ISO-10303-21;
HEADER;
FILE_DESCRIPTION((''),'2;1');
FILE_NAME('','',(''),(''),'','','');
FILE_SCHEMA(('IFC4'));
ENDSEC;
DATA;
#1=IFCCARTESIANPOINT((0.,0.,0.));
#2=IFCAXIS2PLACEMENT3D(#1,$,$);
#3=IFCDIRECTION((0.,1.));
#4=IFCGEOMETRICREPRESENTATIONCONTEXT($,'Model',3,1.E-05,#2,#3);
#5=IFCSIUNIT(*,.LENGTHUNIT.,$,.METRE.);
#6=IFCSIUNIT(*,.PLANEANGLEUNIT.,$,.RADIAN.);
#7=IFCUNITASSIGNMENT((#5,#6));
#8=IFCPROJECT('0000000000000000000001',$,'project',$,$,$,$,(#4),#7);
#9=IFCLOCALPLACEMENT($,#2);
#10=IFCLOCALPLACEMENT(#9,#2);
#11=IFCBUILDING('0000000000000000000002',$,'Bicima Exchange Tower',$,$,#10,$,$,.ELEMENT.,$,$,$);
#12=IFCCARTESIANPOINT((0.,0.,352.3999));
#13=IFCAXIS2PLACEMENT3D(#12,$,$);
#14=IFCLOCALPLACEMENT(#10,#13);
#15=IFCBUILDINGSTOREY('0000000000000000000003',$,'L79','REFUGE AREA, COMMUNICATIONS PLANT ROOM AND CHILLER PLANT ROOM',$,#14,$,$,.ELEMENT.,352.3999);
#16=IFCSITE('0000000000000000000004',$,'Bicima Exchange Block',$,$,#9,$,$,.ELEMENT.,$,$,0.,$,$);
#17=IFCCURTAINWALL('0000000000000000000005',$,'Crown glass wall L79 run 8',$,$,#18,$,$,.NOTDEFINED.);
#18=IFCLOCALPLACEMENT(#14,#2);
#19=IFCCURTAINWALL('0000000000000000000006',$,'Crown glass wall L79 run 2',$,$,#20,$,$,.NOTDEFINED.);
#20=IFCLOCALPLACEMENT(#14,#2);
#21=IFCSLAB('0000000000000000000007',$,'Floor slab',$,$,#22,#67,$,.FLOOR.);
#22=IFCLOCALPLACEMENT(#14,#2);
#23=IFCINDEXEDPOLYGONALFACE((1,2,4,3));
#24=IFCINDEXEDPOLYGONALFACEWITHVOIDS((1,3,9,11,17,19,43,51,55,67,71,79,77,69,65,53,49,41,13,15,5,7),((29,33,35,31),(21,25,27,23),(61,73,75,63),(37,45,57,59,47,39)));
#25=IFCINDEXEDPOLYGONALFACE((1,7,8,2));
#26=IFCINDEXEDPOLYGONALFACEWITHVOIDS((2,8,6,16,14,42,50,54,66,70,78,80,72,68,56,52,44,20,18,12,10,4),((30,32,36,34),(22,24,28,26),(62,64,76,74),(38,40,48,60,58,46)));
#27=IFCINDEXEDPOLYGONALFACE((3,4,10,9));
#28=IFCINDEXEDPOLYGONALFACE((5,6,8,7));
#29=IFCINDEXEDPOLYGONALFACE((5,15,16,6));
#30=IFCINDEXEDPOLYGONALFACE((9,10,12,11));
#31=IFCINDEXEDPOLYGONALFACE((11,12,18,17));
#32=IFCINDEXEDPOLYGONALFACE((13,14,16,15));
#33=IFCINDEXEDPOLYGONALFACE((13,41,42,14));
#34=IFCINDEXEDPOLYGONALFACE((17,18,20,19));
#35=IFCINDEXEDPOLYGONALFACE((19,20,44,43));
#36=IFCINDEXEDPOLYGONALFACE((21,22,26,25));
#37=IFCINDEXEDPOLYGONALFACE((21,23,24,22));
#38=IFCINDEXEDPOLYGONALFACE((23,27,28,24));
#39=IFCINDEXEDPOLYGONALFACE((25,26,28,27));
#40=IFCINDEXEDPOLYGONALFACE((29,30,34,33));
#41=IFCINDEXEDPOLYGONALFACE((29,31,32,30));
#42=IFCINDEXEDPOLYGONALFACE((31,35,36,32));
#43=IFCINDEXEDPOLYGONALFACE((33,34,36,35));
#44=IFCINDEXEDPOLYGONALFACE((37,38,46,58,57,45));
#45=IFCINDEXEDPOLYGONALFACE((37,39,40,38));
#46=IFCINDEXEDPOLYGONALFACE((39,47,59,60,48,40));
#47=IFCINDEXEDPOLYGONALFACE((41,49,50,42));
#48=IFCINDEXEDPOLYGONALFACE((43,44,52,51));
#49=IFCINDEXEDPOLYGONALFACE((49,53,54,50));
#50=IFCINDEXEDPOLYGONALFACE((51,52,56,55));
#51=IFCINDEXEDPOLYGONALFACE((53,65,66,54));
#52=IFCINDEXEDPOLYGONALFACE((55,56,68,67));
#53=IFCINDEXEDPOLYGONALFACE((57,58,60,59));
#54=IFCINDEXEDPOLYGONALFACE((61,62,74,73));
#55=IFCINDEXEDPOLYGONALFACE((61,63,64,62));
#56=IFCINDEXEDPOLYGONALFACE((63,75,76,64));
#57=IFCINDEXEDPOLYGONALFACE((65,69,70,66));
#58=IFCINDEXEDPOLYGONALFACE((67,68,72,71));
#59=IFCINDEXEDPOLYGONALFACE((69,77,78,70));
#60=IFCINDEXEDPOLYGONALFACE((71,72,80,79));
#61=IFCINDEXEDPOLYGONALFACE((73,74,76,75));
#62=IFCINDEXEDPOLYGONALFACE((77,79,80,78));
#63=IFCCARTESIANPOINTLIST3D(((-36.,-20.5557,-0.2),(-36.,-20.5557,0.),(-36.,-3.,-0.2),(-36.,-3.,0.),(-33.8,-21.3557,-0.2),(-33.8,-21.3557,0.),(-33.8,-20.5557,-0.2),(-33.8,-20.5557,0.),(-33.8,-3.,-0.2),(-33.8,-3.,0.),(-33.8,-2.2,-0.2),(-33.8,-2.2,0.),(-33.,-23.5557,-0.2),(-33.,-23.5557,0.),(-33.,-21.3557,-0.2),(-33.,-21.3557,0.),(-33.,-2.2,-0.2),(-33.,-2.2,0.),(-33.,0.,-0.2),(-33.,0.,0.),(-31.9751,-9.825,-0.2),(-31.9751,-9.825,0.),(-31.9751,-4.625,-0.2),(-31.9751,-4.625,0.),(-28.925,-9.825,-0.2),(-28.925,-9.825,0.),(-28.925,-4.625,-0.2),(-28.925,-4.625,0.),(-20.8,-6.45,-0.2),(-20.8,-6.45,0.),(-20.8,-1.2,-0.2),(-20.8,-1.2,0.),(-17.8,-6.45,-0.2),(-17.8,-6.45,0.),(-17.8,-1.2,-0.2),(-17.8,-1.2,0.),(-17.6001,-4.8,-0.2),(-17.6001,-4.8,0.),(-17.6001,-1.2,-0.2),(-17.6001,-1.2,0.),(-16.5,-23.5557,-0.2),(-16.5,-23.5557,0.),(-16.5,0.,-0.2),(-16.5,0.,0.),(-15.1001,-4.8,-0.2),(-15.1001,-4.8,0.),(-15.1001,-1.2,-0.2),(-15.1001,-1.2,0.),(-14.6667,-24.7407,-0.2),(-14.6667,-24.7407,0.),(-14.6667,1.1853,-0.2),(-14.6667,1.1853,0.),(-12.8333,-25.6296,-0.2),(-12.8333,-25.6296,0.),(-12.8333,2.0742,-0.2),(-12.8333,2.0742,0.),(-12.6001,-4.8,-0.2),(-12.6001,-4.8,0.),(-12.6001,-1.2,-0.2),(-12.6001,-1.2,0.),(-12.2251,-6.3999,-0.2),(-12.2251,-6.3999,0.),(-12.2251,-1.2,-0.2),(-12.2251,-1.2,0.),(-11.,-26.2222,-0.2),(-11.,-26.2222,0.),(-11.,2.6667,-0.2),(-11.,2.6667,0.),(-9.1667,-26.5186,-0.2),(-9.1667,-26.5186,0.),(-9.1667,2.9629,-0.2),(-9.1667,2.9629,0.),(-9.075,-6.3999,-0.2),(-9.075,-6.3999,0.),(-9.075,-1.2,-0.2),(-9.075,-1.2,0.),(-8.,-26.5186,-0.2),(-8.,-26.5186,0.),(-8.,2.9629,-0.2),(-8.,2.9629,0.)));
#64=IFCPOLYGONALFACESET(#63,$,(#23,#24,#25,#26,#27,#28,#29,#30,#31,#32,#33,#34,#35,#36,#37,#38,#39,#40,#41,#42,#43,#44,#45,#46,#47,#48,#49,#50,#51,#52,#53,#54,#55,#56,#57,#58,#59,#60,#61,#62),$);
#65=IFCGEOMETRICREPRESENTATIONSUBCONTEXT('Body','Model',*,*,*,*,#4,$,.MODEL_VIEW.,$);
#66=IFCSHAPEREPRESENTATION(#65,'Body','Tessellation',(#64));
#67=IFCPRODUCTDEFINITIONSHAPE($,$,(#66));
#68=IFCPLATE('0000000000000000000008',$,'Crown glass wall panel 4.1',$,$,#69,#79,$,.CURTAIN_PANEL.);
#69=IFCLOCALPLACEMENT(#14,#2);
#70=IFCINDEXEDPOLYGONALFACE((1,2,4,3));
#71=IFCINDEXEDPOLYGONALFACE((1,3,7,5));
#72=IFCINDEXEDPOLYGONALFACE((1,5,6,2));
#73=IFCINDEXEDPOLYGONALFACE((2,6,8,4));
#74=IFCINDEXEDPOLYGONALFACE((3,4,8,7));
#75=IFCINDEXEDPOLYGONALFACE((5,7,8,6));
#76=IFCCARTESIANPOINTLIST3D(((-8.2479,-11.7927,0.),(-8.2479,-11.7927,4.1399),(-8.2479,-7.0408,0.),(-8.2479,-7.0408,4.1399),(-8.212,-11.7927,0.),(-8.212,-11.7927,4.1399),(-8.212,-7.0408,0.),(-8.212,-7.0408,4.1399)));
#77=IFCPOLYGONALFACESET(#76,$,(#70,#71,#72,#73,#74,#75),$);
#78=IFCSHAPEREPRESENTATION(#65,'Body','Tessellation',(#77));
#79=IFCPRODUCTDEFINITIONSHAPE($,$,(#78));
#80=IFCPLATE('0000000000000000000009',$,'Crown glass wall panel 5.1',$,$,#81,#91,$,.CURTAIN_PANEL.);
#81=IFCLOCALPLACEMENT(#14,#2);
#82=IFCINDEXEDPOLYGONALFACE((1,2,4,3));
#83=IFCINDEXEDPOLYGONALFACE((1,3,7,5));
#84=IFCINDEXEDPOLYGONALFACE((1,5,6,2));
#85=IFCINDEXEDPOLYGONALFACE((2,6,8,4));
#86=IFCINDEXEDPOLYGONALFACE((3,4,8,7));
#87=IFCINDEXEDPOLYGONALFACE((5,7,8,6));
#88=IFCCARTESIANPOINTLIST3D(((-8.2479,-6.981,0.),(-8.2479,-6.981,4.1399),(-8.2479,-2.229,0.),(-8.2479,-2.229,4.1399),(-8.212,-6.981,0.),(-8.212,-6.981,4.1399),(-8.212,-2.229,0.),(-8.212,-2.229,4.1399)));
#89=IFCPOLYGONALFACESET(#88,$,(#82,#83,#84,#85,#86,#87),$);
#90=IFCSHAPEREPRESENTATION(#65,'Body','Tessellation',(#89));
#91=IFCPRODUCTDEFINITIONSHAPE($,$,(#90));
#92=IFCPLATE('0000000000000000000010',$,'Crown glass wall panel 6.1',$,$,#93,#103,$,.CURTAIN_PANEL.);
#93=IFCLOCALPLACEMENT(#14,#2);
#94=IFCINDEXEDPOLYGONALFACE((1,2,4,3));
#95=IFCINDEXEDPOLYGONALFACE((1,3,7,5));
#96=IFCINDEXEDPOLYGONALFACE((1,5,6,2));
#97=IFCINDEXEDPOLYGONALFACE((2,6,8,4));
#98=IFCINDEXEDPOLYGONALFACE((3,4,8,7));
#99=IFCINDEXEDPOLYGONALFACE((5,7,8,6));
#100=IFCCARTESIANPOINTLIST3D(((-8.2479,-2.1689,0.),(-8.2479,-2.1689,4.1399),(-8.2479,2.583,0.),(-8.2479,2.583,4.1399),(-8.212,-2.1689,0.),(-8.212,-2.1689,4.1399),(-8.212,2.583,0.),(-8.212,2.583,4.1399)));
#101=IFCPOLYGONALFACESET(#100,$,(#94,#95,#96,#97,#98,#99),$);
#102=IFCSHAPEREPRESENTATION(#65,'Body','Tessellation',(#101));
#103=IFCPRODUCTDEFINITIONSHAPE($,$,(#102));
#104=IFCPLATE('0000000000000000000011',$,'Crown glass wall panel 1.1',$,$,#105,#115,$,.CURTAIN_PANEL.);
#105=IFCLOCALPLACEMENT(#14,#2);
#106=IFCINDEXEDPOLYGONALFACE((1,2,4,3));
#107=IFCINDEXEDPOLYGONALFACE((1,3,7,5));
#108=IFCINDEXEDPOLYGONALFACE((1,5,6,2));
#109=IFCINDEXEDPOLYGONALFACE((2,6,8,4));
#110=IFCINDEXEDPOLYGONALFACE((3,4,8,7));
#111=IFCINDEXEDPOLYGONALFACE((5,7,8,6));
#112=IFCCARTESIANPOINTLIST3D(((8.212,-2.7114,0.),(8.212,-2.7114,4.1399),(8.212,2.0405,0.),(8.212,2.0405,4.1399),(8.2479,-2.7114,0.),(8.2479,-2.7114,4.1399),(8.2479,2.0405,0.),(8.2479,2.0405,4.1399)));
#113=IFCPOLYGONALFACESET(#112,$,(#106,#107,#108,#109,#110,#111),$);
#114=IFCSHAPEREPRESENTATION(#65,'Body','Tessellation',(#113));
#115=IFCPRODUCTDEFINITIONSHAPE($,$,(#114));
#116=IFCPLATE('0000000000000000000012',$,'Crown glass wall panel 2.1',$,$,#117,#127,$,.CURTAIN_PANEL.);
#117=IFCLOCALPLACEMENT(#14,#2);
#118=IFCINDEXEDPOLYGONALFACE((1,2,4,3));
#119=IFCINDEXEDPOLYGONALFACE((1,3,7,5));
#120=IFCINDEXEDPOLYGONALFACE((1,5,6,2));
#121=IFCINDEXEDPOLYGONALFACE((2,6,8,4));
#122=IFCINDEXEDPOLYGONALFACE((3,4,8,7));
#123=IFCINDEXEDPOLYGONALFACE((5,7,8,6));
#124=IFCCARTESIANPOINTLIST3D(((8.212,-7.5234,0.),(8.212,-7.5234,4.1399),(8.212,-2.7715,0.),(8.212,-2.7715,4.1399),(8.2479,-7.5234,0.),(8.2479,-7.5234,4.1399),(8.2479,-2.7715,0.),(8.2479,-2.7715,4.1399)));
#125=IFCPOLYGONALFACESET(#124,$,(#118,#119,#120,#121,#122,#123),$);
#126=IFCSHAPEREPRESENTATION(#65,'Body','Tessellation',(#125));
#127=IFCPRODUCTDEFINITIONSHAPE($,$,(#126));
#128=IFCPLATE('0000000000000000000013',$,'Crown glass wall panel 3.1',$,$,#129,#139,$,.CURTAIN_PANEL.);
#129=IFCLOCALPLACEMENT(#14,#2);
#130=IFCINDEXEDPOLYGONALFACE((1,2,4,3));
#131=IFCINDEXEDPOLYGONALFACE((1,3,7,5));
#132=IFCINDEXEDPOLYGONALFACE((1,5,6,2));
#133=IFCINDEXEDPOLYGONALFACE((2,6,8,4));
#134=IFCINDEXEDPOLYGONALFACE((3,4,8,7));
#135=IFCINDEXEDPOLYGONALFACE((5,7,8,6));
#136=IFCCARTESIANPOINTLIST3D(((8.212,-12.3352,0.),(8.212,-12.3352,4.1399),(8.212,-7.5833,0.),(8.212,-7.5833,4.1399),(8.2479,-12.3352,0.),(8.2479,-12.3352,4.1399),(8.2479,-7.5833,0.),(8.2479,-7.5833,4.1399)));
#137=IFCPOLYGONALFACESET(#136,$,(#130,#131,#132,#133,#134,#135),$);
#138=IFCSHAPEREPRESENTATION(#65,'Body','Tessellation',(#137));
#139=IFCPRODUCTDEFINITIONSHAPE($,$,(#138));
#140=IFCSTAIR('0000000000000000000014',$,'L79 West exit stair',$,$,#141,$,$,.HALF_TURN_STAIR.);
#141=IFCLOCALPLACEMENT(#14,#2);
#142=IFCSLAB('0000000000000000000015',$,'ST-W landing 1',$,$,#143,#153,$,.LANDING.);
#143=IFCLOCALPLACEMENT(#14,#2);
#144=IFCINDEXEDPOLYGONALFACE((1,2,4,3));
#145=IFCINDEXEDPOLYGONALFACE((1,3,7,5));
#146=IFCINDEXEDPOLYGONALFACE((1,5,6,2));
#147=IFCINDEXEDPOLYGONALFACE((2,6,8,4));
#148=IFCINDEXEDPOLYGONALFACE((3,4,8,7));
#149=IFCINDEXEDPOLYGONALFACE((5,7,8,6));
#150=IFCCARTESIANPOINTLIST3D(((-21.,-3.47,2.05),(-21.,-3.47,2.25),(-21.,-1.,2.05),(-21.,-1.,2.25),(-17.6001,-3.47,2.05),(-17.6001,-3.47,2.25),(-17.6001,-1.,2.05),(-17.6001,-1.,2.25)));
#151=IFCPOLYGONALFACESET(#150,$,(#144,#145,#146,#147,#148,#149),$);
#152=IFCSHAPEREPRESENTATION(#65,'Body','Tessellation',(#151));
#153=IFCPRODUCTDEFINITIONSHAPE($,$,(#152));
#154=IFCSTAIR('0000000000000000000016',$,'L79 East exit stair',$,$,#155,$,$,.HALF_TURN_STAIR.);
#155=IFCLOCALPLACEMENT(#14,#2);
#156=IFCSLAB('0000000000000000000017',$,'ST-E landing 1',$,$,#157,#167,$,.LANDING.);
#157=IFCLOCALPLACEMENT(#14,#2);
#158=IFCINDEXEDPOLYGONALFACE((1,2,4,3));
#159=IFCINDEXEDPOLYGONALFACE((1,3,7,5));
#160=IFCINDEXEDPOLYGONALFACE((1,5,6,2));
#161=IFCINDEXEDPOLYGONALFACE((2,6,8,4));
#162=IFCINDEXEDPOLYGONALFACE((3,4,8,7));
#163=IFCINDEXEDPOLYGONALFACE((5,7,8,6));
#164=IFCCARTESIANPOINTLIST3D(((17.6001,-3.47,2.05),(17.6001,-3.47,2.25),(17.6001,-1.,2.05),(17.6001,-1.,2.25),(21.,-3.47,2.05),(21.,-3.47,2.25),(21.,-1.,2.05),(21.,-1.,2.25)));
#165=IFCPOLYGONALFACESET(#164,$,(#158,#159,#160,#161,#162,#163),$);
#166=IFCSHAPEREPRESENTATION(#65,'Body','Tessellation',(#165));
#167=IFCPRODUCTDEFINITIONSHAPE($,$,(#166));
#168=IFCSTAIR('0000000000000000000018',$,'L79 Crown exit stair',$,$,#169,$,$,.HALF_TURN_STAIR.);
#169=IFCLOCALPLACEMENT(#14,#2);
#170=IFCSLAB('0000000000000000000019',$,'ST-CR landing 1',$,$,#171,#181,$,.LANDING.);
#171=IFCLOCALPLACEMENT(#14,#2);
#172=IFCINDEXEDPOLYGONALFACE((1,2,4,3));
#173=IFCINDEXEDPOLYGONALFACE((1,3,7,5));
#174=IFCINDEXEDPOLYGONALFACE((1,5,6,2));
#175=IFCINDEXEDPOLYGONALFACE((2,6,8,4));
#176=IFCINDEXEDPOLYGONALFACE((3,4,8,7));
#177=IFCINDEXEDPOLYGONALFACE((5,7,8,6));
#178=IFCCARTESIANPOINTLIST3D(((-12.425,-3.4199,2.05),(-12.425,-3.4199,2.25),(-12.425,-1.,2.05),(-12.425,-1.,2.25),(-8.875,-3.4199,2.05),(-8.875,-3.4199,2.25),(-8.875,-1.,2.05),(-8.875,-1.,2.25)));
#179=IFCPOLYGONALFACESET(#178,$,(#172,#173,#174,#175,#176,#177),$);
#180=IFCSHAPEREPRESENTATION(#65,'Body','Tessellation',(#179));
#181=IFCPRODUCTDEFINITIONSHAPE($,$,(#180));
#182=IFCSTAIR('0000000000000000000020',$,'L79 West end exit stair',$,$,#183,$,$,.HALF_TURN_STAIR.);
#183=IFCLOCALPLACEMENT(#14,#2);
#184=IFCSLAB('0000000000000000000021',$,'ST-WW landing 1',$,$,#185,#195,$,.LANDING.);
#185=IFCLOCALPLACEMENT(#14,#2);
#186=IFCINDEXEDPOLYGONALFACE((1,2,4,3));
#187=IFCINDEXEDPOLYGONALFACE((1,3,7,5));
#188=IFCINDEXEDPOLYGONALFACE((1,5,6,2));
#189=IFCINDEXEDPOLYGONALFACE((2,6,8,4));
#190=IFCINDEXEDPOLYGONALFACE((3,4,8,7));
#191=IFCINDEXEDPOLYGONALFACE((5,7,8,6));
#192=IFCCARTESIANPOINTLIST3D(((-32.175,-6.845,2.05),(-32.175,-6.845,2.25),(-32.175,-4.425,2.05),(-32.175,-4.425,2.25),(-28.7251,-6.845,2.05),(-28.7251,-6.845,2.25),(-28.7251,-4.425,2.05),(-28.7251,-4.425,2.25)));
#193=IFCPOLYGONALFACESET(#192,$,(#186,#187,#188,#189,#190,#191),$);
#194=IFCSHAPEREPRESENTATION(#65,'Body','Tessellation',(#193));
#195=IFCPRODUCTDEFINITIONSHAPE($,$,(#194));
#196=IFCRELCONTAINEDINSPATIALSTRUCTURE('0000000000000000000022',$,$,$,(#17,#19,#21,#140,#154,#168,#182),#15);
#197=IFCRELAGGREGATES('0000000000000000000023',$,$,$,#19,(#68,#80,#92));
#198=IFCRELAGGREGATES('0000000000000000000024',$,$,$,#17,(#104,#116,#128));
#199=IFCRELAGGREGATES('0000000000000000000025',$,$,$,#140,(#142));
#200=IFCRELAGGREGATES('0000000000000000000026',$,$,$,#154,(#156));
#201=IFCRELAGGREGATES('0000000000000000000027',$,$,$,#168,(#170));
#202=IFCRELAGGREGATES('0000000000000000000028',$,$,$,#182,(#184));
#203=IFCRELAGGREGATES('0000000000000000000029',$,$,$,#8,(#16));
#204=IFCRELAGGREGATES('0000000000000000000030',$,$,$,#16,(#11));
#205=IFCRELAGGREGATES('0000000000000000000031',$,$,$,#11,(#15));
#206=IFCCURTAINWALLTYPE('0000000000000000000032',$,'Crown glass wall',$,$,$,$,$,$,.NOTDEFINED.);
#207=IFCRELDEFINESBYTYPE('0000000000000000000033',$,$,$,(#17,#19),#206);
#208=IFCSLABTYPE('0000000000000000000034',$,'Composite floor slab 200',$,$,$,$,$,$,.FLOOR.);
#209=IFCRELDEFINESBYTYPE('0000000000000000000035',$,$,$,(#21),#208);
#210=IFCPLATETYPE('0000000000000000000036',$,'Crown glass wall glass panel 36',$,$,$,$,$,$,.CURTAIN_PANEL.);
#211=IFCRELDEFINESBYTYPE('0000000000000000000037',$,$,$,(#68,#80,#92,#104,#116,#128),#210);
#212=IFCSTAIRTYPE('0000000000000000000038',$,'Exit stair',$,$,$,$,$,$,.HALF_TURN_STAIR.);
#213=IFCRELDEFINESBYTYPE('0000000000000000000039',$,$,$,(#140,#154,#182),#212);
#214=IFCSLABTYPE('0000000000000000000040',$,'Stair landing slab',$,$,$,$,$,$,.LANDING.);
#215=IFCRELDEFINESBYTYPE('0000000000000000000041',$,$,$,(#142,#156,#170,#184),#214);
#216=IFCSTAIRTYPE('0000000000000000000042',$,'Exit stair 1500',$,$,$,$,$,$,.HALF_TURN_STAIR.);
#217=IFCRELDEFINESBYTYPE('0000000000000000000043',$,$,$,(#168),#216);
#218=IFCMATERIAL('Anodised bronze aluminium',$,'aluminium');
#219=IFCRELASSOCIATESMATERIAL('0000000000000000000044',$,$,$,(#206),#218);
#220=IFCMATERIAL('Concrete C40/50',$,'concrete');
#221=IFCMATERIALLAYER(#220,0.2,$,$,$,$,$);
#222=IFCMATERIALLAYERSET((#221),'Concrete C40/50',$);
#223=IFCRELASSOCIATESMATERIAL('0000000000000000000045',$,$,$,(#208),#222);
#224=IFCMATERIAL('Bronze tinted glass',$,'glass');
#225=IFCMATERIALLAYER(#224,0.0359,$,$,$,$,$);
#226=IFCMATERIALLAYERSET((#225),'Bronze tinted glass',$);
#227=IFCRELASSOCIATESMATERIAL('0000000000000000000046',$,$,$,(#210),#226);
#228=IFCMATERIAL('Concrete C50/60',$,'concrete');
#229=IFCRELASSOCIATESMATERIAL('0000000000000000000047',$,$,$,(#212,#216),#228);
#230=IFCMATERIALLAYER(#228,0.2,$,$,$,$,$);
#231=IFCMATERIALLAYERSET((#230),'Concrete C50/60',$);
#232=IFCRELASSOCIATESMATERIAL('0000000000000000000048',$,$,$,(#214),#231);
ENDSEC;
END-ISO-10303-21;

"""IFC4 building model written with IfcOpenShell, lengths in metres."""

from ifc_helpers import new_model, si_unit, direction, frame, origin, origin_2d, place, context, subcontext, project, spatial, polyline, rectangle, outline, extrude, material, layer, layer_set, type_object, element, aggregate, save


model = new_model("IFC4")

# Units and contexts
model_context = context("Model", 3, precision=1e-05, world=origin(), true_north=direction((0.0, 1.0)))
body_context = subcontext(model_context, "Body", "Model", "MODEL_VIEW")
ifc_project = project(units=[si_unit("LENGTHUNIT", "METRE"), si_unit("PLANEANGLEUNIT", "RADIAN")], contexts=[model_context])

# Site, building, storey
site_placement = place(None, origin())
site = spatial("IfcSite", under=ifc_project, at=site_placement, Name="Bicima Exchange Block", CompositionType="ELEMENT", RefElevation=0.0)
building_placement = place(site_placement, origin())
building = spatial("IfcBuilding", under=site, at=building_placement, Name="Bicima Exchange Tower", CompositionType="ELEMENT")
storey_placement = place(building_placement, frame((0.0, 0.0, 352.3999)))
storey = spatial("IfcBuildingStorey", under=building, at=storey_placement, Name="L79", Description="REFUGE AREA, COMMUNICATIONS PLANT ROOM AND CHILLER PLANT ROOM", CompositionType="ELEMENT", Elevation=352.3999)

# Curtain walls
ifc_material_1 = material(Name="Anodised bronze aluminium", Category="aluminium")
curtain_wall_type = type_object("IfcCurtainWallType", Name="Crown glass wall", PredefinedType="NOTDEFINED", material=ifc_material_1)
curtain_wall_1_placement = place(storey_placement, origin())
curtain_wall_1 = element("IfcCurtainWall", 1, at=curtain_wall_1_placement, inside=storey, type_object=curtain_wall_type, Name="Crown glass wall L79 run 8", PredefinedType="NOTDEFINED")
curtain_wall_2_placement = place(storey_placement, origin())
curtain_wall_2 = element("IfcCurtainWall", 2, at=curtain_wall_2_placement, inside=storey, type_object=curtain_wall_type, Name="Crown glass wall L79 run 2", PredefinedType="NOTDEFINED")

# Slab
ifc_material_2 = material(Name="Concrete C40/50", Category="concrete")
ifc_layer_1 = layer(ifc_material_2, 0.2)
ifc_layer_set_1 = layer_set([ifc_layer_1], Name="Concrete C40/50")
slab_type_1 = type_object("IfcSlabType", Name="Composite floor slab 200", PredefinedType="FLOOR", material=ifc_layer_set_1)
slab_1_placement = place(storey_placement, frame((0.0, 0.0, -0.2)))
element("IfcSlab", 3, at=slab_1_placement, inside=storey, type_object=slab_type_1, Name="Floor slab", PredefinedType="FLOOR", context=body_context, shape_type="SweptSolid", body=[
    extrude(outline(polyline([(-33.8, -20.5557), (-36.0, -20.5557), (-36.0, -3.0), (-33.8, -3.0), (-33.8, -2.2), (-33.0, -2.2), (-33.0, 0.0), (-16.5, 0.0), (-14.6667, 1.1853), (-12.8333, 2.0742), (-11.0, 2.6667), (-9.1667, 2.9629), (-8.0, 2.9629), (-8.0, -26.5186), (-9.1667, -26.5186), (-11.0, -26.2222), (-12.8333, -25.6296), (-14.6667, -24.7407), (-16.5, -23.5557), (-33.0, -23.5557), (-33.0, -21.3557), (-33.8, -21.3557), (-33.8, -20.5557)]), holes=[polyline([(-28.925, -4.625), (-31.9751, -4.625), (-31.9751, -9.825), (-28.925, -9.825), (-28.925, -4.625)]), polyline([(-17.8, -1.2), (-20.8, -1.2), (-20.8, -6.45), (-17.8, -6.45), (-17.8, -1.2)]), polyline([(-9.075, -1.2), (-12.2251, -1.2), (-12.2251, -6.3999), (-9.075, -6.3999), (-9.075, -1.2)]), polyline([(-12.6001, -1.2), (-15.1001, -1.2), (-17.6001, -1.2), (-17.6001, -4.8), (-15.1001, -4.8), (-12.6001, -4.8), (-12.6001, -1.2)])]), origin(), (0.0, 0.0, 1.0), 0.2),
])

# Plates
ifc_material_3 = material(Name="Bronze tinted glass", Category="glass")
ifc_layer_2 = layer(ifc_material_3, 0.0359)
ifc_layer_set_2 = layer_set([ifc_layer_2], Name="Bronze tinted glass")
plate_type = type_object("IfcPlateType", Name="Crown glass wall glass panel 36", PredefinedType="CURTAIN_PANEL", material=ifc_layer_set_2)
plate_1_placement = place(storey_placement, frame((-8.23, -9.4167, 0.0), z_axis=(0.0, 0.0, 1.0), x_axis=(0.0, 1.0, 0.0)))
plate_1 = element("IfcPlate", 4, at=plate_1_placement, type_object=plate_type, Name="Crown glass wall panel 4.1", PredefinedType="CURTAIN_PANEL", context=body_context, shape_type="SweptSolid", body=[
    extrude(rectangle(XDim=4.752, YDim=0.0359, at=origin_2d()), origin(), (0.0, 0.0, 1.0), 4.1399),
])
plate_2_placement = place(storey_placement, frame((-8.23, -4.605, 0.0), z_axis=(0.0, 0.0, 1.0), x_axis=(0.0, 1.0, 0.0)))
plate_2 = element("IfcPlate", 5, at=plate_2_placement, type_object=plate_type, Name="Crown glass wall panel 5.1", PredefinedType="CURTAIN_PANEL", context=body_context, shape_type="SweptSolid", body=[
    extrude(rectangle(XDim=4.752, YDim=0.0359, at=origin_2d()), origin(), (0.0, 0.0, 1.0), 4.1399),
])
plate_3_placement = place(storey_placement, frame((-8.23, 0.207, 0.0), z_axis=(0.0, 0.0, 1.0), x_axis=(0.0, 1.0, 0.0)))
plate_3 = element("IfcPlate", 6, at=plate_3_placement, type_object=plate_type, Name="Crown glass wall panel 6.1", PredefinedType="CURTAIN_PANEL", context=body_context, shape_type="SweptSolid", body=[
    extrude(rectangle(XDim=4.752, YDim=0.0359, at=origin_2d()), origin(), (0.0, 0.0, 1.0), 4.1399),
])
aggregate(curtain_wall_2, [plate_1, plate_2, plate_3])
plate_4_placement = place(storey_placement, frame((8.23, -0.3354, 0.0), z_axis=(0.0, 0.0, 1.0), x_axis=(0.0, -1.0, 0.0)))
plate_4 = element("IfcPlate", 7, at=plate_4_placement, type_object=plate_type, Name="Crown glass wall panel 1.1", PredefinedType="CURTAIN_PANEL", context=body_context, shape_type="SweptSolid", body=[
    extrude(rectangle(XDim=4.752, YDim=0.0359, at=origin_2d()), origin(), (0.0, 0.0, 1.0), 4.1399),
])
plate_5_placement = place(storey_placement, frame((8.23, -5.1475, 0.0), z_axis=(0.0, 0.0, 1.0), x_axis=(0.0, -1.0, 0.0)))
plate_5 = element("IfcPlate", 8, at=plate_5_placement, type_object=plate_type, Name="Crown glass wall panel 2.1", PredefinedType="CURTAIN_PANEL", context=body_context, shape_type="SweptSolid", body=[
    extrude(rectangle(XDim=4.752, YDim=0.0359, at=origin_2d()), origin(), (0.0, 0.0, 1.0), 4.1399),
])
plate_6_placement = place(storey_placement, frame((8.23, -9.9592, 0.0), z_axis=(0.0, 0.0, 1.0), x_axis=(0.0, -1.0, 0.0)))
plate_6 = element("IfcPlate", 9, at=plate_6_placement, type_object=plate_type, Name="Crown glass wall panel 3.1", PredefinedType="CURTAIN_PANEL", context=body_context, shape_type="SweptSolid", body=[
    extrude(rectangle(XDim=4.752, YDim=0.0359, at=origin_2d()), origin(), (0.0, 0.0, 1.0), 4.1399),
])
aggregate(curtain_wall_1, [plate_4, plate_5, plate_6])

# Stairs, slabs
ifc_material_4 = material(Name="Concrete C50/60", Category="concrete")
stair_type_1 = type_object("IfcStairType", Name="Exit stair", PredefinedType="HALF_TURN_STAIR", material=ifc_material_4)
stair_1_placement = place(storey_placement, origin())
stair_1 = element("IfcStair", 10, at=stair_1_placement, inside=storey, type_object=stair_type_1, Name="L79 West exit stair", PredefinedType="HALF_TURN_STAIR")
ifc_layer_3 = layer(ifc_material_4, 0.2)
ifc_layer_set_3 = layer_set([ifc_layer_3], Name="Concrete C50/60")
slab_type_2 = type_object("IfcSlabType", Name="Stair landing slab", PredefinedType="LANDING", material=ifc_layer_set_3)
slab_2_placement = place(storey_placement, frame((0.0, 0.0, 2.05)))
slab_2 = element("IfcSlab", 11, at=slab_2_placement, type_object=slab_type_2, Name="ST-W landing 1", PredefinedType="LANDING", context=body_context, shape_type="SweptSolid", body=[
    extrude(outline(polyline([(-17.6001, -3.47), (-17.6001, -1.0), (-21.0, -1.0), (-21.0, -3.47), (-17.6001, -3.47)])), origin(), (0.0, 0.0, 1.0), 0.2),
])
aggregate(stair_1, [slab_2])
stair_2_placement = place(storey_placement, origin())
stair_2 = element("IfcStair", 12, at=stair_2_placement, inside=storey, type_object=stair_type_1, Name="L79 East exit stair", PredefinedType="HALF_TURN_STAIR")
slab_3_placement = place(storey_placement, frame((0.0, 0.0, 2.05)))
slab_3 = element("IfcSlab", 13, at=slab_3_placement, type_object=slab_type_2, Name="ST-E landing 1", PredefinedType="LANDING", context=body_context, shape_type="SweptSolid", body=[
    extrude(outline(polyline([(21.0, -3.47), (21.0, -1.0), (17.6001, -1.0), (17.6001, -3.47), (21.0, -3.47)])), origin(), (0.0, 0.0, 1.0), 0.2),
])
aggregate(stair_2, [slab_3])
stair_type_2 = type_object("IfcStairType", Name="Exit stair 1500", PredefinedType="HALF_TURN_STAIR", material=ifc_material_4)
stair_3_placement = place(storey_placement, origin())
stair_3 = element("IfcStair", 14, at=stair_3_placement, inside=storey, type_object=stair_type_2, Name="L79 Crown exit stair", PredefinedType="HALF_TURN_STAIR")
slab_4_placement = place(storey_placement, frame((0.0, 0.0, 2.05)))
slab_4 = element("IfcSlab", 15, at=slab_4_placement, type_object=slab_type_2, Name="ST-CR landing 1", PredefinedType="LANDING", context=body_context, shape_type="SweptSolid", body=[
    extrude(outline(polyline([(-8.875, -3.4199), (-8.875, -1.0), (-12.425, -1.0), (-12.425, -3.4199), (-8.875, -3.4199)])), origin(), (0.0, 0.0, 1.0), 0.2),
])
aggregate(stair_3, [slab_4])
stair_4_placement = place(storey_placement, origin())
stair_4 = element("IfcStair", 16, at=stair_4_placement, inside=storey, type_object=stair_type_1, Name="L79 West end exit stair", PredefinedType="HALF_TURN_STAIR")
slab_5_placement = place(storey_placement, frame((0.0, 0.0, 2.05)))
slab_5 = element("IfcSlab", 17, at=slab_5_placement, type_object=slab_type_2, Name="ST-WW landing 1", PredefinedType="LANDING", context=body_context, shape_type="SweptSolid", body=[
    extrude(outline(polyline([(-28.7251, -6.845), (-28.7251, -4.425), (-32.175, -4.425), (-32.175, -6.845), (-28.7251, -6.845)])), origin(), (0.0, 0.0, 1.0), 0.2),
])
aggregate(stair_4, [slab_5])

save(model, "model.ifc")
